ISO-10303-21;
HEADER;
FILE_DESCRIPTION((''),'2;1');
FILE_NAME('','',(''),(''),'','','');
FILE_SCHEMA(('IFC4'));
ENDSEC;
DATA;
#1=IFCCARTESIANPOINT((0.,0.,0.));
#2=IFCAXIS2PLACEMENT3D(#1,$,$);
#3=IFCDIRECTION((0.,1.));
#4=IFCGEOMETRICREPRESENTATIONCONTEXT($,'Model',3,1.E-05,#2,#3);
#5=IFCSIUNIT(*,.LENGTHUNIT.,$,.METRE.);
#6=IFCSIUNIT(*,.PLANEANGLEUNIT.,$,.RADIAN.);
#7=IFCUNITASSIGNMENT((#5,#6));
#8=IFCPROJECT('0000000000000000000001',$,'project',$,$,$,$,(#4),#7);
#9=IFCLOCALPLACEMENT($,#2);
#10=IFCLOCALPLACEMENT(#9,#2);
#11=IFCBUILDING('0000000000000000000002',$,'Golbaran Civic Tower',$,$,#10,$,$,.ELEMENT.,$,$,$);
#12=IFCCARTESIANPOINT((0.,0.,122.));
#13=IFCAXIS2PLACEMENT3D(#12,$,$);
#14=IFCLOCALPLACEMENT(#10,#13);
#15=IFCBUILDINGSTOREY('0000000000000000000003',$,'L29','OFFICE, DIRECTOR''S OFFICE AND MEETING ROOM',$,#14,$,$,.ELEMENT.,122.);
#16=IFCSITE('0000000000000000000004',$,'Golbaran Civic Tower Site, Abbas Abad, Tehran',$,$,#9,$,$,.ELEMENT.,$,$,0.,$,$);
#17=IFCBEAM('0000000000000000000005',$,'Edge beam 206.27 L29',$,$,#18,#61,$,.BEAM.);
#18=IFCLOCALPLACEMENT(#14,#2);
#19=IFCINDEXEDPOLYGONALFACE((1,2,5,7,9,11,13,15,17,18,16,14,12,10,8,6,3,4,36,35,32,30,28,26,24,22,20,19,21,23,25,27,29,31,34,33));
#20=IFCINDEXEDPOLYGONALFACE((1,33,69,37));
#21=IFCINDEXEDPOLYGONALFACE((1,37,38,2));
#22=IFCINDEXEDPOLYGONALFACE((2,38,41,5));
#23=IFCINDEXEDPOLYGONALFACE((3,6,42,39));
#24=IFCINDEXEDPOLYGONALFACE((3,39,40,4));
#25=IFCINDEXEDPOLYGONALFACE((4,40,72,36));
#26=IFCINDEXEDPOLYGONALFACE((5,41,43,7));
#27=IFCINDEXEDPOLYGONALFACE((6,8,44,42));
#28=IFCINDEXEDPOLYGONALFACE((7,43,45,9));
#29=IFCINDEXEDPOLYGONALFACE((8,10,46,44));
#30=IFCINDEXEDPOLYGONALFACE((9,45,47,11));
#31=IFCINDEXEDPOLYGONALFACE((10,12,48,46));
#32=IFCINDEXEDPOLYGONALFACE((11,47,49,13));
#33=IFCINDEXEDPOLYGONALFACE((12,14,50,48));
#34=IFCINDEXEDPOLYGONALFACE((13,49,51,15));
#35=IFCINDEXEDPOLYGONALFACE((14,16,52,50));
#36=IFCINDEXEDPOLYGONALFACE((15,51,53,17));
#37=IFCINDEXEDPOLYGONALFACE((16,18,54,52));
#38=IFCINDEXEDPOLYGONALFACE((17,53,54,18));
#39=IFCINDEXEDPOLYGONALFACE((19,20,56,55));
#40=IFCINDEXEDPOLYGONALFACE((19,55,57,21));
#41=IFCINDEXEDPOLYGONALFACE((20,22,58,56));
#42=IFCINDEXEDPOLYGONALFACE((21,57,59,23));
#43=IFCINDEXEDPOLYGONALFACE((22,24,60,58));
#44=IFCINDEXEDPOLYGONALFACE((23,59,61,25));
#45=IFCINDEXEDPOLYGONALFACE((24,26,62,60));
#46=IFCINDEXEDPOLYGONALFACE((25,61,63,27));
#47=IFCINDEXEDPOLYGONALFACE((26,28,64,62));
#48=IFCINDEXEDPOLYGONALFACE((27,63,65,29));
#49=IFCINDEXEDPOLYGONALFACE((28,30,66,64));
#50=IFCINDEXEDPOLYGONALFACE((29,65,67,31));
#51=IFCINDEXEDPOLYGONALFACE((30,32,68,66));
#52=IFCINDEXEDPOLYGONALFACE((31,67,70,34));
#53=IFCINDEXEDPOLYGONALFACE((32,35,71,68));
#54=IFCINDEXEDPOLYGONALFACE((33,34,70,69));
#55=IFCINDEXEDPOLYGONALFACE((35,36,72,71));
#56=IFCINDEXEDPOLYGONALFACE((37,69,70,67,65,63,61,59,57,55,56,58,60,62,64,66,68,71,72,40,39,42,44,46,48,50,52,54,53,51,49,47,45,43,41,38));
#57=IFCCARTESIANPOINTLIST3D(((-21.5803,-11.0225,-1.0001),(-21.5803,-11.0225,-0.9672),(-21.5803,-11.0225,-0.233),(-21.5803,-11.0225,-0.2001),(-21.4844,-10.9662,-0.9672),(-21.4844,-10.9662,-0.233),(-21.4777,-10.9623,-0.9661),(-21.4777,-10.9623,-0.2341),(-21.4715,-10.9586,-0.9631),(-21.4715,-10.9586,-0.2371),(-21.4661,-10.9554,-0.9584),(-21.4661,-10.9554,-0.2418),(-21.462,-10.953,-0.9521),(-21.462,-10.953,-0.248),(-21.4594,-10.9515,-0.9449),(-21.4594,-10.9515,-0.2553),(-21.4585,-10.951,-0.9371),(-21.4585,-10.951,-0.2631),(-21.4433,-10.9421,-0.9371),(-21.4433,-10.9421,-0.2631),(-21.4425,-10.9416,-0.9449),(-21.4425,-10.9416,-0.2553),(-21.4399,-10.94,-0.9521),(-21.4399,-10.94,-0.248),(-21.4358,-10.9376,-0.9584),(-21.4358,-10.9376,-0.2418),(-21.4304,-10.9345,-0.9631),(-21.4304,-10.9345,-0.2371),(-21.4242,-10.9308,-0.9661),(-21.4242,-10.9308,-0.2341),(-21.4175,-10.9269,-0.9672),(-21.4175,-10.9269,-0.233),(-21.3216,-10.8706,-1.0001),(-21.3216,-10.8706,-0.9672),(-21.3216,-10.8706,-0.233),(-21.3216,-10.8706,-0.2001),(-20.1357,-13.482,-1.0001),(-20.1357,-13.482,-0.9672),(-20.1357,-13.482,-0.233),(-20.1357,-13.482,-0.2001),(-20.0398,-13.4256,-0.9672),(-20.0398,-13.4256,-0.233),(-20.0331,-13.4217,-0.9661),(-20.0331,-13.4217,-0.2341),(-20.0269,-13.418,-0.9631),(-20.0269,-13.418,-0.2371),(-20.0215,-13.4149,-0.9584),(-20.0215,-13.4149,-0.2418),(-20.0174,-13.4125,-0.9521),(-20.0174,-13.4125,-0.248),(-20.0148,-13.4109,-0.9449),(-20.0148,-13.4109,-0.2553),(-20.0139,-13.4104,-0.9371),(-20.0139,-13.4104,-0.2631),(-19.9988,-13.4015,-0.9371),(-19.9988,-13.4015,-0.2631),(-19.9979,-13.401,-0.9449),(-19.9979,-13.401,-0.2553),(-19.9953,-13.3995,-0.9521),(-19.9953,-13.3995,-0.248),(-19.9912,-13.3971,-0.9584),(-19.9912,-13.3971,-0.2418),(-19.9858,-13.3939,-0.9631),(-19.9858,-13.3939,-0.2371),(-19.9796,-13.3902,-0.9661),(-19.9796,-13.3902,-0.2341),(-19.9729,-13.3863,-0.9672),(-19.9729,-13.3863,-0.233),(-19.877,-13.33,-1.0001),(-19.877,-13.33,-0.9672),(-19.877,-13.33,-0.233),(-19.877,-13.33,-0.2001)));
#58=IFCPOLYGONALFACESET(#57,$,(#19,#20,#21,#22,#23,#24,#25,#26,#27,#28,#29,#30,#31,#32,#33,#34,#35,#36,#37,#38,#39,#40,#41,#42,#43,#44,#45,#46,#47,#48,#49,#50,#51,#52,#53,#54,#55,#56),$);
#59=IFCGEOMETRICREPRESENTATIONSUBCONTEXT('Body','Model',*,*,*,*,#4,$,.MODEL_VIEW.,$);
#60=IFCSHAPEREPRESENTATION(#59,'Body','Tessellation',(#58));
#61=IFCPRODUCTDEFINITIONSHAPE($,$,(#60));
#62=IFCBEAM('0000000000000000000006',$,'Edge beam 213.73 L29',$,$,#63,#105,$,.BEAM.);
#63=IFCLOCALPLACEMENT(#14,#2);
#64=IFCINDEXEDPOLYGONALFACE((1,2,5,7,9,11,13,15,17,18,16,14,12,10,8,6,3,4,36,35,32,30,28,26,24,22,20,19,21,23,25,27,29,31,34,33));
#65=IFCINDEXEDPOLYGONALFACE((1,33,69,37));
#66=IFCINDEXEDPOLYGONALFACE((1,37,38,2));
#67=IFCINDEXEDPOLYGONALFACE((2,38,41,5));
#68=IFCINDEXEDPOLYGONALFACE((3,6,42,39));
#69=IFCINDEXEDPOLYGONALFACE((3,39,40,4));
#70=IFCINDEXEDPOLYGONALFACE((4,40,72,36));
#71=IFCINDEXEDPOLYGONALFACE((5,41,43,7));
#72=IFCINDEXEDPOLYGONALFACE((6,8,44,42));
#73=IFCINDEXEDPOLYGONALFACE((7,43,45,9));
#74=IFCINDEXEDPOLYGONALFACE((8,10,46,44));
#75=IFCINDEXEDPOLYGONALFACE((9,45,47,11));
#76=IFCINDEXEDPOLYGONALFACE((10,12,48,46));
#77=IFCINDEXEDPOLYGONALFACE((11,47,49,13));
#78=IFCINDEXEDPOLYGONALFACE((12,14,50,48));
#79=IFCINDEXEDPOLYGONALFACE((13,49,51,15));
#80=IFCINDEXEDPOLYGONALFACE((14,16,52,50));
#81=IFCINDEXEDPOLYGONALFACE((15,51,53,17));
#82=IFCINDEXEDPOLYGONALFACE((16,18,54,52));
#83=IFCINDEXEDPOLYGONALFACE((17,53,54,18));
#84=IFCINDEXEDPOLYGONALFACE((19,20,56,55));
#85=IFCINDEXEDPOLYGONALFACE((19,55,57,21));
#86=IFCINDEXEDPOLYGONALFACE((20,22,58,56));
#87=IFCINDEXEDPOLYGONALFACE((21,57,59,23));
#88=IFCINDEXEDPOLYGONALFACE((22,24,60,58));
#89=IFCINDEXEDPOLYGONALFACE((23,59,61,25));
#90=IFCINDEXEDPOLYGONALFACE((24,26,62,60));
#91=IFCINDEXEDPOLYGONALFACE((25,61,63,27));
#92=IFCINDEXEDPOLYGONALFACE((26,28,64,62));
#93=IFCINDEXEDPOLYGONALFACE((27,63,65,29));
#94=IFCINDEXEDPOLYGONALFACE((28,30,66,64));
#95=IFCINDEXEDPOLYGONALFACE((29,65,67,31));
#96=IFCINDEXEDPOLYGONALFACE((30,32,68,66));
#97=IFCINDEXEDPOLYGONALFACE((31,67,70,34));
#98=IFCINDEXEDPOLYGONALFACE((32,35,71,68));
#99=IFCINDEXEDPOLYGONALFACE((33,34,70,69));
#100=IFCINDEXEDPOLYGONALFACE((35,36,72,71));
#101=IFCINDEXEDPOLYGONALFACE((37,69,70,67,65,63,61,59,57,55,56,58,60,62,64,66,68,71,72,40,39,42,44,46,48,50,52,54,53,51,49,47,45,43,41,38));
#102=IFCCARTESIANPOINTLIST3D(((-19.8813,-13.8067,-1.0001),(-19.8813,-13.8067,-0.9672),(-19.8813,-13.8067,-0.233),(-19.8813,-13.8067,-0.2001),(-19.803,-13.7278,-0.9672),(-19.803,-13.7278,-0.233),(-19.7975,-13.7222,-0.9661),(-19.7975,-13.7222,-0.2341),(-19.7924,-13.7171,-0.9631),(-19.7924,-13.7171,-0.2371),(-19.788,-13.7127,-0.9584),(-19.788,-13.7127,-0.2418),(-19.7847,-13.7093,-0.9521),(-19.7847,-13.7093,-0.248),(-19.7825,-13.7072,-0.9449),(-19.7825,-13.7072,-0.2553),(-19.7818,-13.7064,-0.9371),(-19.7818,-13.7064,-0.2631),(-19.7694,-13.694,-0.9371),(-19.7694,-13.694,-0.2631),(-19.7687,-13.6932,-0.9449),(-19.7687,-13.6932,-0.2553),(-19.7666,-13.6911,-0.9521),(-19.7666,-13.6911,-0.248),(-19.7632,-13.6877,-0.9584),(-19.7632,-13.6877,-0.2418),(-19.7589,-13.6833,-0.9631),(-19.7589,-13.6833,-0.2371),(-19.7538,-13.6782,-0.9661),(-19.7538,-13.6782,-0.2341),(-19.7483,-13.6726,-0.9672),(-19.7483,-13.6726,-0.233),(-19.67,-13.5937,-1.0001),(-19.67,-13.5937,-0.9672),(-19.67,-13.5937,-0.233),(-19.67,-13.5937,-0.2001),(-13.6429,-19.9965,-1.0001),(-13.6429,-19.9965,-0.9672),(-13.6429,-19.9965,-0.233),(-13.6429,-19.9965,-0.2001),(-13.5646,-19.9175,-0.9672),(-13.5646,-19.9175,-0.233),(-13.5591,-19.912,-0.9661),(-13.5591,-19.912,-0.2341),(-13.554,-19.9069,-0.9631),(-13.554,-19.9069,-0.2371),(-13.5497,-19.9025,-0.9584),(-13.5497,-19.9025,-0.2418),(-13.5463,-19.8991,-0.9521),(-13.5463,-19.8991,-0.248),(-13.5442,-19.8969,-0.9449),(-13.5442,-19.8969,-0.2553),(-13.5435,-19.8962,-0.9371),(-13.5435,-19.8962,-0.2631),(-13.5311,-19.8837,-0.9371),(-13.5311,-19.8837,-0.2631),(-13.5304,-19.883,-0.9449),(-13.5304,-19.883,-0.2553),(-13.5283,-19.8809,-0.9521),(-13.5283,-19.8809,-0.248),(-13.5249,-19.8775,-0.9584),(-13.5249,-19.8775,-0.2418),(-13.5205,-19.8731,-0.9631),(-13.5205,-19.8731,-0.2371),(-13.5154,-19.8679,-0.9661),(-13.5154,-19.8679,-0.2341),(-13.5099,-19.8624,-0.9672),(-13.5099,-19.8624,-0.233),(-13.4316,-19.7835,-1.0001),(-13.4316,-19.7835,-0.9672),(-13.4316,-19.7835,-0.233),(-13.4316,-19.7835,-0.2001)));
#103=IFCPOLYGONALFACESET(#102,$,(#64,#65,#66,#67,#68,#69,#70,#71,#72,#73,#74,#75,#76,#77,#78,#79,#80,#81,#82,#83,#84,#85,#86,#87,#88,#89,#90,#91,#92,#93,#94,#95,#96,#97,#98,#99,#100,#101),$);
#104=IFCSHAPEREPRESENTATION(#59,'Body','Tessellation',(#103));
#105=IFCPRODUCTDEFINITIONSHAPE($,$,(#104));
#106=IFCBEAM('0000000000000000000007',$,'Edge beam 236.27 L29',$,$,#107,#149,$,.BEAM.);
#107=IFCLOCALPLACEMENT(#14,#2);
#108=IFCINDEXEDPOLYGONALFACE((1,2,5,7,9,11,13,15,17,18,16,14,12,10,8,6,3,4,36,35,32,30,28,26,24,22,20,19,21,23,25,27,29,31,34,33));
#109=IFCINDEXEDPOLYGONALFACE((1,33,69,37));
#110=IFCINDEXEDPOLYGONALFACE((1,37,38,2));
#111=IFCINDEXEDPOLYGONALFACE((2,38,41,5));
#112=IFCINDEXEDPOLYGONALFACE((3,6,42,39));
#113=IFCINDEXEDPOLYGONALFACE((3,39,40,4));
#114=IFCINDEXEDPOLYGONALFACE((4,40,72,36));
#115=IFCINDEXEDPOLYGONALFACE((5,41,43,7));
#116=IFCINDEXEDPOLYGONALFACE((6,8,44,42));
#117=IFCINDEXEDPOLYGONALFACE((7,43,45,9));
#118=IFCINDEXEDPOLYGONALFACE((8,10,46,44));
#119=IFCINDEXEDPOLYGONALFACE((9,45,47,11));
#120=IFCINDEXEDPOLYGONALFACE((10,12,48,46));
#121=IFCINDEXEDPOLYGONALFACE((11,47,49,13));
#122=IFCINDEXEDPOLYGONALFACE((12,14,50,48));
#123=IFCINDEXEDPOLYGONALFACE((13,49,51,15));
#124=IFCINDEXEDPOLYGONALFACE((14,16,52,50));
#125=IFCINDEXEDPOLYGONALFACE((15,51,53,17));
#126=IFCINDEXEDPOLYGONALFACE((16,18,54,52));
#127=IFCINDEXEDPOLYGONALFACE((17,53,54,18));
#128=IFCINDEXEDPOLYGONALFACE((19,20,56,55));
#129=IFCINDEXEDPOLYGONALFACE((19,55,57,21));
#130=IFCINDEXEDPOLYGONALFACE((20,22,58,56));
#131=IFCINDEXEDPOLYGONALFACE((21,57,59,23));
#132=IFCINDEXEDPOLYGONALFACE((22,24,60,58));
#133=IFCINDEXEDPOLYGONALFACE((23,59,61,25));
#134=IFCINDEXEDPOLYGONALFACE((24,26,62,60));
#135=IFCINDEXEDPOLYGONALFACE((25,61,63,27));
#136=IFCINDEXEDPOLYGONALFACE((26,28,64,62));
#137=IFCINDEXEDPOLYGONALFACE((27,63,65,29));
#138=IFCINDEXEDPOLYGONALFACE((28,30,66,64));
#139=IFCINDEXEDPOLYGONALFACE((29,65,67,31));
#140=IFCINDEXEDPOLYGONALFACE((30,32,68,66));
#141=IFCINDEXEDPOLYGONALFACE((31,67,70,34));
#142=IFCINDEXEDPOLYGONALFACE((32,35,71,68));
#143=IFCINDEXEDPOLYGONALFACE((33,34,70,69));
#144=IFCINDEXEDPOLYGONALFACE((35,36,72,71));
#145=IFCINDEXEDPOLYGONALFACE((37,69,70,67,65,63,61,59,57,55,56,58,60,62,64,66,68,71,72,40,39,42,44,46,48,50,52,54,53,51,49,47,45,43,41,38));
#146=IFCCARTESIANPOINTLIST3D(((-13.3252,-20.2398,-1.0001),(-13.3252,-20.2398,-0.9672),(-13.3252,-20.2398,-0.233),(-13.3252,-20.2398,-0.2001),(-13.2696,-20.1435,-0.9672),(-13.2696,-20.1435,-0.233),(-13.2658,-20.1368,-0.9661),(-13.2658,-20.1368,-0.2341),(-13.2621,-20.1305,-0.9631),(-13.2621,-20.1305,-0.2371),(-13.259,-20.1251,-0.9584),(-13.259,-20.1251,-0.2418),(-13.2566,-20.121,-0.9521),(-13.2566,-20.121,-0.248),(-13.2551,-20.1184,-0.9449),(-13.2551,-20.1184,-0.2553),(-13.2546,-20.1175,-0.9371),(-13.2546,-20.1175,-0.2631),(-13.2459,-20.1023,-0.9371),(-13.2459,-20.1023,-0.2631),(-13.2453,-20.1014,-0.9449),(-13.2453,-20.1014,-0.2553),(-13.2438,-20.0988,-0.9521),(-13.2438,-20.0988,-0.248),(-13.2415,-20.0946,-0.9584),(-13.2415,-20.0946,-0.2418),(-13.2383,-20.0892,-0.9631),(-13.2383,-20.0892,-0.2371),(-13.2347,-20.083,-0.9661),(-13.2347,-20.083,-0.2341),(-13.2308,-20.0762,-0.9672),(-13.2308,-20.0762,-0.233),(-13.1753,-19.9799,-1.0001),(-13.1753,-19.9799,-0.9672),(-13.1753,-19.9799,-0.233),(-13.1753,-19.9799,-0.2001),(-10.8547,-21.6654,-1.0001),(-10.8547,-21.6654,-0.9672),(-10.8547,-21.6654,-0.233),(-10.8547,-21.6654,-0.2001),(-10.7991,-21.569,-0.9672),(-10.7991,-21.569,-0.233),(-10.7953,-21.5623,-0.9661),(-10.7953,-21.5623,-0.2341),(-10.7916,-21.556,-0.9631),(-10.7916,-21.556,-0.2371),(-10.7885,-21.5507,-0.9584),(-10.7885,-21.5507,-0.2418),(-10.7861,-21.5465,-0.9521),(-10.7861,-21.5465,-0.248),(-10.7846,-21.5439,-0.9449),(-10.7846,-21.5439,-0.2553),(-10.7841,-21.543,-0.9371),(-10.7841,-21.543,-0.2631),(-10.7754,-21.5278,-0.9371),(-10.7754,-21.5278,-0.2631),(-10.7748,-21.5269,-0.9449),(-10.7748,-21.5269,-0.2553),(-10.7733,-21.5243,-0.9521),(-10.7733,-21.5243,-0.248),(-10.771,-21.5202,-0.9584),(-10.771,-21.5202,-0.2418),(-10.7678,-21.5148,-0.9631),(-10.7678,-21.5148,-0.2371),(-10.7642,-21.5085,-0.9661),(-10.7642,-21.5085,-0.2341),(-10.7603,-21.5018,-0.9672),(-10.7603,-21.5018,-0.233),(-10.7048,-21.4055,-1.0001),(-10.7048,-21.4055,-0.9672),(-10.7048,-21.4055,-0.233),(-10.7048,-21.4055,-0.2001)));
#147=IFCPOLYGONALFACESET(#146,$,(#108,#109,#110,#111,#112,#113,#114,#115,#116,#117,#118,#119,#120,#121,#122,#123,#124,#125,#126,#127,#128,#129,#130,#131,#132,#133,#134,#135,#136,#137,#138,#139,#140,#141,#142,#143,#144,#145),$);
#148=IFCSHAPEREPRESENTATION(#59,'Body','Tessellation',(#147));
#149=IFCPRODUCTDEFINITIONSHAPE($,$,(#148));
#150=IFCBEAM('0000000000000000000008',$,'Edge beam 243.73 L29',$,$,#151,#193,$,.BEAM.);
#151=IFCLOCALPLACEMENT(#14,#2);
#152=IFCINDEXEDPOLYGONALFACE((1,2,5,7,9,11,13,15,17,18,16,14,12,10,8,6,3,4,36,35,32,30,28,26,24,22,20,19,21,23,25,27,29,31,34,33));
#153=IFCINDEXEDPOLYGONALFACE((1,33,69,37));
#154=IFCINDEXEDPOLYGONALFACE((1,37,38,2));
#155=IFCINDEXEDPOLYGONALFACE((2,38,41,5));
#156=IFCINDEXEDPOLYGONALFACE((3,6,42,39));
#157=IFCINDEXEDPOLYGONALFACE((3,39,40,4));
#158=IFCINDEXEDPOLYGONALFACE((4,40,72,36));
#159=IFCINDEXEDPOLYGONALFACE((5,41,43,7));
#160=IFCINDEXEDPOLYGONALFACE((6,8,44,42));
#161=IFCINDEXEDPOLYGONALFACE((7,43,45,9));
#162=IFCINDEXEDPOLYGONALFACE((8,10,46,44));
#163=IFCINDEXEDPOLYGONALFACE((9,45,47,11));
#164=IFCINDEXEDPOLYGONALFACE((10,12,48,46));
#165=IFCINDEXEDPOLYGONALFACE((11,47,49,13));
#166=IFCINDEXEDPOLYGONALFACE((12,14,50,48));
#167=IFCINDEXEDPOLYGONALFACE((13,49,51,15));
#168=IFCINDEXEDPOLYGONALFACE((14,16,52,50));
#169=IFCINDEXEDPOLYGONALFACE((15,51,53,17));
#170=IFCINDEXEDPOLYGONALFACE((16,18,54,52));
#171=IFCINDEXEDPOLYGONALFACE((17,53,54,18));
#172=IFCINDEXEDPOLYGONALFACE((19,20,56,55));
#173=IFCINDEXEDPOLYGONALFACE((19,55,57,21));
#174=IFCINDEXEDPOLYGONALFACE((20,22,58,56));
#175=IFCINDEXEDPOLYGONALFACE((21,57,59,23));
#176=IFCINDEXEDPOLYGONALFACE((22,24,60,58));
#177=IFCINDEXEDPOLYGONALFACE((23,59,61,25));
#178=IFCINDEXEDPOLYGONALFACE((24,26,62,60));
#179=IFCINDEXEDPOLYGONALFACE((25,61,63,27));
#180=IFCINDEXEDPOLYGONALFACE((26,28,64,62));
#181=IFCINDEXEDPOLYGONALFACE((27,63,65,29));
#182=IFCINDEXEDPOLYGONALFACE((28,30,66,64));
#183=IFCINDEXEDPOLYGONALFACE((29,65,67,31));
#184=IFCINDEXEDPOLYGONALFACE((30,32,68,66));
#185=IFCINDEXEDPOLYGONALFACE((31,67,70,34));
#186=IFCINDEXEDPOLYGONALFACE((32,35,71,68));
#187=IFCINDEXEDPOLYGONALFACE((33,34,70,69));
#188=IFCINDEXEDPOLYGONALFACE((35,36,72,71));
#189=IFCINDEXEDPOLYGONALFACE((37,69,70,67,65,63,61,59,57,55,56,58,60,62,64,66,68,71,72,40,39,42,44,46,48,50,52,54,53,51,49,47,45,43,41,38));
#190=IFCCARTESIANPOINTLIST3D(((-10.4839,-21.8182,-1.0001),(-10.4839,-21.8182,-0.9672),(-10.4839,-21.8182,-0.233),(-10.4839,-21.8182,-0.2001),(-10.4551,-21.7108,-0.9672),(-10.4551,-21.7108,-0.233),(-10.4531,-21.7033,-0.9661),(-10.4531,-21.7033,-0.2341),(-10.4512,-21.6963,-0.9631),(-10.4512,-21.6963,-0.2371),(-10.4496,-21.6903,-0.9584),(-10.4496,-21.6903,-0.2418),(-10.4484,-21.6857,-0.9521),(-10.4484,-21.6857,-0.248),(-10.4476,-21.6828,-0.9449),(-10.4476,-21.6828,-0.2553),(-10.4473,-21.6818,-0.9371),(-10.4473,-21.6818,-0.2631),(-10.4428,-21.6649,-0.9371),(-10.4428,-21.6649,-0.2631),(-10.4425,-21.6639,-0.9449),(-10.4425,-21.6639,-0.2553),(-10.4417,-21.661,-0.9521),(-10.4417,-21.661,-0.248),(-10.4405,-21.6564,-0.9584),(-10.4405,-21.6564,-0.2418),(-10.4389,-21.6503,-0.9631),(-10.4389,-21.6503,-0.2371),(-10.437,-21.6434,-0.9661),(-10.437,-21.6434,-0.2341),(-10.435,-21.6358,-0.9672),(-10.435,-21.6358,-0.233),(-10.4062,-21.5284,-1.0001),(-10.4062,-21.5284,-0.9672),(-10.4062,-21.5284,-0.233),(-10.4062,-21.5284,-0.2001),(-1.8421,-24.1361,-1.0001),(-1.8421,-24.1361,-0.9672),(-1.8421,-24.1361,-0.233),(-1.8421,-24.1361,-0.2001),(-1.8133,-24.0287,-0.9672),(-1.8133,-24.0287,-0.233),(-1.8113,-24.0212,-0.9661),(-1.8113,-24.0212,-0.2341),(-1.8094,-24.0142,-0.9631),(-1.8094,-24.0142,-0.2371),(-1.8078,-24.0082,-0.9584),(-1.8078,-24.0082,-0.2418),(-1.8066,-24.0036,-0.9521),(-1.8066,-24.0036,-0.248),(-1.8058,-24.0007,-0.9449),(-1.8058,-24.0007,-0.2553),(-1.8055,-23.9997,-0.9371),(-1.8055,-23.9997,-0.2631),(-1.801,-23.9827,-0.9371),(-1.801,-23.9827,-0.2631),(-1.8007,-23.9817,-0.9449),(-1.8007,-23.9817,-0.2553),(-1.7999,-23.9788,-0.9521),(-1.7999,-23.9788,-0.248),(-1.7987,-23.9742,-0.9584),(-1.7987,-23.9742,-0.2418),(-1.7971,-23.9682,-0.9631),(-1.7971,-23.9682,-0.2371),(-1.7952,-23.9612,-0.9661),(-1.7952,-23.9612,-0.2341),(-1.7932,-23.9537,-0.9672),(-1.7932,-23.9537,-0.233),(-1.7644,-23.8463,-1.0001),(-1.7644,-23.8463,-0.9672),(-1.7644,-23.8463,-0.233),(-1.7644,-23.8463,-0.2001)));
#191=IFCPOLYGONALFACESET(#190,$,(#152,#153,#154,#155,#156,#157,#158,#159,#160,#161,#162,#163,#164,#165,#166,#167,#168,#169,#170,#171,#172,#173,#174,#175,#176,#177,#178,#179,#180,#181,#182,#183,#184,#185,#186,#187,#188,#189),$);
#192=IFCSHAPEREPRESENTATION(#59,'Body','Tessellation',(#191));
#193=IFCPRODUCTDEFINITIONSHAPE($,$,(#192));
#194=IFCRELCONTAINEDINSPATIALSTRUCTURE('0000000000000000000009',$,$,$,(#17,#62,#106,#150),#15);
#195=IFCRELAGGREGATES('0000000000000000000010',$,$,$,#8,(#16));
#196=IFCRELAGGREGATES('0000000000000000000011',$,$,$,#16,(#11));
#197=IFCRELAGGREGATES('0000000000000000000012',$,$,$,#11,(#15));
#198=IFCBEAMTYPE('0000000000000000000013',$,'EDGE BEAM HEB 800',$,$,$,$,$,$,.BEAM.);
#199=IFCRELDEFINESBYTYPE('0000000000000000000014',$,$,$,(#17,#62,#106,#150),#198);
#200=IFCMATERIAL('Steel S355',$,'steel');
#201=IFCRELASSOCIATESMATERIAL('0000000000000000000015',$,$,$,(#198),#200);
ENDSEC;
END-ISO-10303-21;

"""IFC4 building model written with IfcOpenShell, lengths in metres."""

from ifc_helpers import new_model, si_unit, direction, frame, origin, origin_2d, place, context, subcontext, project, spatial, i_section, extrude, material, material_profile, profile_set, type_object, element, save


model = new_model("IFC4")

# Units and contexts
model_context = context("Model", 3, precision=1e-05, world=origin(), true_north=direction((0.0, 1.0)))
body_context = subcontext(model_context, "Body", "Model", "MODEL_VIEW")
ifc_project = project(units=[si_unit("LENGTHUNIT", "METRE"), si_unit("PLANEANGLEUNIT", "RADIAN")], contexts=[model_context])

# Site, building, storey
site_placement = place(None, origin())
site = spatial("IfcSite", under=ifc_project, at=site_placement, Name="Golbaran Civic Tower Site, Abbas Abad, Tehran", CompositionType="ELEMENT", RefElevation=0.0)
building_placement = place(site_placement, origin())
building = spatial("IfcBuilding", under=site, at=building_placement, Name="Golbaran Civic Tower", CompositionType="ELEMENT")
storey_placement = place(building_placement, frame((0.0, 0.0, 122.0)))
storey = spatial("IfcBuildingStorey", under=building, at=storey_placement, Name="L29", Description="OFFICE, DIRECTOR'S OFFICE AND MEETING ROOM", CompositionType="ELEMENT", Elevation=122.0)

# Beams
ifc_material_1 = material(Name="Steel S355", Category="steel")
ifc_material_profile_1 = material_profile(ifc_material_1, i_section(OverallWidth=0.3, OverallDepth=0.8, WebThickness=0.0176, FlangeThickness=0.033, FilletRadius=0.03, at=origin_2d()), Name="HEB 800")
ifc_profile_set_1 = profile_set([ifc_material_profile_1], Name="Steel S355")
beam_type_1 = type_object("IfcBeamType", Name="EDGE BEAM HEB 800", PredefinedType="BEAM", material=ifc_profile_set_1)
beam_1_placement = place(storey_placement, frame((-21.4509, -10.9465, -0.6001), z_axis=(0.506455, -0.862266, 0.0), x_axis=(0.862266, 0.506455, 0.0)))
element("IfcBeam", 1, at=beam_1_placement, inside=storey, type_object=beam_type_1, Name="Edge beam 206.27 L29", PredefinedType="BEAM", context=body_context, shape_type="SweptSolid", body=[
    extrude(i_section(OverallWidth=0.3, OverallDepth=0.8, WebThickness=0.0176, FlangeThickness=0.033, FilletRadius=0.03, at=origin_2d()), origin(), (0.0, 0.0, 1.0), 2.8523),
])
beam_2_placement = place(storey_placement, frame((-19.7756, -13.7002, -0.6001), z_axis=(0.709866, -0.704337, 0.0), x_axis=(0.704337, 0.709866, 0.0)))
element("IfcBeam", 2, at=beam_2_placement, inside=storey, type_object=beam_type_1, Name="Edge beam 213.73 L29", PredefinedType="BEAM", context=body_context, shape_type="SweptSolid", body=[
    extrude(i_section(OverallWidth=0.3, OverallDepth=0.8, WebThickness=0.0176, FlangeThickness=0.033, FilletRadius=0.03, at=origin_2d()), origin(), (0.0, 0.0, 1.0), 8.7881),
])
beam_3_placement = place(storey_placement, frame((-13.2502, -20.1099, -0.6001), z_axis=(0.866144, -0.499794, 0.0), x_axis=(0.499794, 0.866144, 0.0)))
element("IfcBeam", 3, at=beam_3_placement, inside=storey, type_object=beam_type_1, Name="Edge beam 236.27 L29", PredefinedType="BEAM", context=body_context, shape_type="SweptSolid", body=[
    extrude(i_section(OverallWidth=0.3, OverallDepth=0.8, WebThickness=0.0176, FlangeThickness=0.033, FilletRadius=0.03, at=origin_2d()), origin(), (0.0, 0.0, 1.0), 2.8523),
])
beam_4_placement = place(storey_placement, frame((-10.4451, -21.6733, -0.6001), z_axis=(0.965862, -0.259058, 0.0), x_axis=(0.259058, 0.965862, 0.0)))
element("IfcBeam", 4, at=beam_4_placement, inside=storey, type_object=beam_type_1, Name="Edge beam 243.73 L29", PredefinedType="BEAM", context=body_context, shape_type="SweptSolid", body=[
    extrude(i_section(OverallWidth=0.3, OverallDepth=0.8, WebThickness=0.0176, FlangeThickness=0.033, FilletRadius=0.03, at=origin_2d()), origin(), (0.0, 0.0, 1.0), 8.9473),
])

save(model, "model.ifc")
